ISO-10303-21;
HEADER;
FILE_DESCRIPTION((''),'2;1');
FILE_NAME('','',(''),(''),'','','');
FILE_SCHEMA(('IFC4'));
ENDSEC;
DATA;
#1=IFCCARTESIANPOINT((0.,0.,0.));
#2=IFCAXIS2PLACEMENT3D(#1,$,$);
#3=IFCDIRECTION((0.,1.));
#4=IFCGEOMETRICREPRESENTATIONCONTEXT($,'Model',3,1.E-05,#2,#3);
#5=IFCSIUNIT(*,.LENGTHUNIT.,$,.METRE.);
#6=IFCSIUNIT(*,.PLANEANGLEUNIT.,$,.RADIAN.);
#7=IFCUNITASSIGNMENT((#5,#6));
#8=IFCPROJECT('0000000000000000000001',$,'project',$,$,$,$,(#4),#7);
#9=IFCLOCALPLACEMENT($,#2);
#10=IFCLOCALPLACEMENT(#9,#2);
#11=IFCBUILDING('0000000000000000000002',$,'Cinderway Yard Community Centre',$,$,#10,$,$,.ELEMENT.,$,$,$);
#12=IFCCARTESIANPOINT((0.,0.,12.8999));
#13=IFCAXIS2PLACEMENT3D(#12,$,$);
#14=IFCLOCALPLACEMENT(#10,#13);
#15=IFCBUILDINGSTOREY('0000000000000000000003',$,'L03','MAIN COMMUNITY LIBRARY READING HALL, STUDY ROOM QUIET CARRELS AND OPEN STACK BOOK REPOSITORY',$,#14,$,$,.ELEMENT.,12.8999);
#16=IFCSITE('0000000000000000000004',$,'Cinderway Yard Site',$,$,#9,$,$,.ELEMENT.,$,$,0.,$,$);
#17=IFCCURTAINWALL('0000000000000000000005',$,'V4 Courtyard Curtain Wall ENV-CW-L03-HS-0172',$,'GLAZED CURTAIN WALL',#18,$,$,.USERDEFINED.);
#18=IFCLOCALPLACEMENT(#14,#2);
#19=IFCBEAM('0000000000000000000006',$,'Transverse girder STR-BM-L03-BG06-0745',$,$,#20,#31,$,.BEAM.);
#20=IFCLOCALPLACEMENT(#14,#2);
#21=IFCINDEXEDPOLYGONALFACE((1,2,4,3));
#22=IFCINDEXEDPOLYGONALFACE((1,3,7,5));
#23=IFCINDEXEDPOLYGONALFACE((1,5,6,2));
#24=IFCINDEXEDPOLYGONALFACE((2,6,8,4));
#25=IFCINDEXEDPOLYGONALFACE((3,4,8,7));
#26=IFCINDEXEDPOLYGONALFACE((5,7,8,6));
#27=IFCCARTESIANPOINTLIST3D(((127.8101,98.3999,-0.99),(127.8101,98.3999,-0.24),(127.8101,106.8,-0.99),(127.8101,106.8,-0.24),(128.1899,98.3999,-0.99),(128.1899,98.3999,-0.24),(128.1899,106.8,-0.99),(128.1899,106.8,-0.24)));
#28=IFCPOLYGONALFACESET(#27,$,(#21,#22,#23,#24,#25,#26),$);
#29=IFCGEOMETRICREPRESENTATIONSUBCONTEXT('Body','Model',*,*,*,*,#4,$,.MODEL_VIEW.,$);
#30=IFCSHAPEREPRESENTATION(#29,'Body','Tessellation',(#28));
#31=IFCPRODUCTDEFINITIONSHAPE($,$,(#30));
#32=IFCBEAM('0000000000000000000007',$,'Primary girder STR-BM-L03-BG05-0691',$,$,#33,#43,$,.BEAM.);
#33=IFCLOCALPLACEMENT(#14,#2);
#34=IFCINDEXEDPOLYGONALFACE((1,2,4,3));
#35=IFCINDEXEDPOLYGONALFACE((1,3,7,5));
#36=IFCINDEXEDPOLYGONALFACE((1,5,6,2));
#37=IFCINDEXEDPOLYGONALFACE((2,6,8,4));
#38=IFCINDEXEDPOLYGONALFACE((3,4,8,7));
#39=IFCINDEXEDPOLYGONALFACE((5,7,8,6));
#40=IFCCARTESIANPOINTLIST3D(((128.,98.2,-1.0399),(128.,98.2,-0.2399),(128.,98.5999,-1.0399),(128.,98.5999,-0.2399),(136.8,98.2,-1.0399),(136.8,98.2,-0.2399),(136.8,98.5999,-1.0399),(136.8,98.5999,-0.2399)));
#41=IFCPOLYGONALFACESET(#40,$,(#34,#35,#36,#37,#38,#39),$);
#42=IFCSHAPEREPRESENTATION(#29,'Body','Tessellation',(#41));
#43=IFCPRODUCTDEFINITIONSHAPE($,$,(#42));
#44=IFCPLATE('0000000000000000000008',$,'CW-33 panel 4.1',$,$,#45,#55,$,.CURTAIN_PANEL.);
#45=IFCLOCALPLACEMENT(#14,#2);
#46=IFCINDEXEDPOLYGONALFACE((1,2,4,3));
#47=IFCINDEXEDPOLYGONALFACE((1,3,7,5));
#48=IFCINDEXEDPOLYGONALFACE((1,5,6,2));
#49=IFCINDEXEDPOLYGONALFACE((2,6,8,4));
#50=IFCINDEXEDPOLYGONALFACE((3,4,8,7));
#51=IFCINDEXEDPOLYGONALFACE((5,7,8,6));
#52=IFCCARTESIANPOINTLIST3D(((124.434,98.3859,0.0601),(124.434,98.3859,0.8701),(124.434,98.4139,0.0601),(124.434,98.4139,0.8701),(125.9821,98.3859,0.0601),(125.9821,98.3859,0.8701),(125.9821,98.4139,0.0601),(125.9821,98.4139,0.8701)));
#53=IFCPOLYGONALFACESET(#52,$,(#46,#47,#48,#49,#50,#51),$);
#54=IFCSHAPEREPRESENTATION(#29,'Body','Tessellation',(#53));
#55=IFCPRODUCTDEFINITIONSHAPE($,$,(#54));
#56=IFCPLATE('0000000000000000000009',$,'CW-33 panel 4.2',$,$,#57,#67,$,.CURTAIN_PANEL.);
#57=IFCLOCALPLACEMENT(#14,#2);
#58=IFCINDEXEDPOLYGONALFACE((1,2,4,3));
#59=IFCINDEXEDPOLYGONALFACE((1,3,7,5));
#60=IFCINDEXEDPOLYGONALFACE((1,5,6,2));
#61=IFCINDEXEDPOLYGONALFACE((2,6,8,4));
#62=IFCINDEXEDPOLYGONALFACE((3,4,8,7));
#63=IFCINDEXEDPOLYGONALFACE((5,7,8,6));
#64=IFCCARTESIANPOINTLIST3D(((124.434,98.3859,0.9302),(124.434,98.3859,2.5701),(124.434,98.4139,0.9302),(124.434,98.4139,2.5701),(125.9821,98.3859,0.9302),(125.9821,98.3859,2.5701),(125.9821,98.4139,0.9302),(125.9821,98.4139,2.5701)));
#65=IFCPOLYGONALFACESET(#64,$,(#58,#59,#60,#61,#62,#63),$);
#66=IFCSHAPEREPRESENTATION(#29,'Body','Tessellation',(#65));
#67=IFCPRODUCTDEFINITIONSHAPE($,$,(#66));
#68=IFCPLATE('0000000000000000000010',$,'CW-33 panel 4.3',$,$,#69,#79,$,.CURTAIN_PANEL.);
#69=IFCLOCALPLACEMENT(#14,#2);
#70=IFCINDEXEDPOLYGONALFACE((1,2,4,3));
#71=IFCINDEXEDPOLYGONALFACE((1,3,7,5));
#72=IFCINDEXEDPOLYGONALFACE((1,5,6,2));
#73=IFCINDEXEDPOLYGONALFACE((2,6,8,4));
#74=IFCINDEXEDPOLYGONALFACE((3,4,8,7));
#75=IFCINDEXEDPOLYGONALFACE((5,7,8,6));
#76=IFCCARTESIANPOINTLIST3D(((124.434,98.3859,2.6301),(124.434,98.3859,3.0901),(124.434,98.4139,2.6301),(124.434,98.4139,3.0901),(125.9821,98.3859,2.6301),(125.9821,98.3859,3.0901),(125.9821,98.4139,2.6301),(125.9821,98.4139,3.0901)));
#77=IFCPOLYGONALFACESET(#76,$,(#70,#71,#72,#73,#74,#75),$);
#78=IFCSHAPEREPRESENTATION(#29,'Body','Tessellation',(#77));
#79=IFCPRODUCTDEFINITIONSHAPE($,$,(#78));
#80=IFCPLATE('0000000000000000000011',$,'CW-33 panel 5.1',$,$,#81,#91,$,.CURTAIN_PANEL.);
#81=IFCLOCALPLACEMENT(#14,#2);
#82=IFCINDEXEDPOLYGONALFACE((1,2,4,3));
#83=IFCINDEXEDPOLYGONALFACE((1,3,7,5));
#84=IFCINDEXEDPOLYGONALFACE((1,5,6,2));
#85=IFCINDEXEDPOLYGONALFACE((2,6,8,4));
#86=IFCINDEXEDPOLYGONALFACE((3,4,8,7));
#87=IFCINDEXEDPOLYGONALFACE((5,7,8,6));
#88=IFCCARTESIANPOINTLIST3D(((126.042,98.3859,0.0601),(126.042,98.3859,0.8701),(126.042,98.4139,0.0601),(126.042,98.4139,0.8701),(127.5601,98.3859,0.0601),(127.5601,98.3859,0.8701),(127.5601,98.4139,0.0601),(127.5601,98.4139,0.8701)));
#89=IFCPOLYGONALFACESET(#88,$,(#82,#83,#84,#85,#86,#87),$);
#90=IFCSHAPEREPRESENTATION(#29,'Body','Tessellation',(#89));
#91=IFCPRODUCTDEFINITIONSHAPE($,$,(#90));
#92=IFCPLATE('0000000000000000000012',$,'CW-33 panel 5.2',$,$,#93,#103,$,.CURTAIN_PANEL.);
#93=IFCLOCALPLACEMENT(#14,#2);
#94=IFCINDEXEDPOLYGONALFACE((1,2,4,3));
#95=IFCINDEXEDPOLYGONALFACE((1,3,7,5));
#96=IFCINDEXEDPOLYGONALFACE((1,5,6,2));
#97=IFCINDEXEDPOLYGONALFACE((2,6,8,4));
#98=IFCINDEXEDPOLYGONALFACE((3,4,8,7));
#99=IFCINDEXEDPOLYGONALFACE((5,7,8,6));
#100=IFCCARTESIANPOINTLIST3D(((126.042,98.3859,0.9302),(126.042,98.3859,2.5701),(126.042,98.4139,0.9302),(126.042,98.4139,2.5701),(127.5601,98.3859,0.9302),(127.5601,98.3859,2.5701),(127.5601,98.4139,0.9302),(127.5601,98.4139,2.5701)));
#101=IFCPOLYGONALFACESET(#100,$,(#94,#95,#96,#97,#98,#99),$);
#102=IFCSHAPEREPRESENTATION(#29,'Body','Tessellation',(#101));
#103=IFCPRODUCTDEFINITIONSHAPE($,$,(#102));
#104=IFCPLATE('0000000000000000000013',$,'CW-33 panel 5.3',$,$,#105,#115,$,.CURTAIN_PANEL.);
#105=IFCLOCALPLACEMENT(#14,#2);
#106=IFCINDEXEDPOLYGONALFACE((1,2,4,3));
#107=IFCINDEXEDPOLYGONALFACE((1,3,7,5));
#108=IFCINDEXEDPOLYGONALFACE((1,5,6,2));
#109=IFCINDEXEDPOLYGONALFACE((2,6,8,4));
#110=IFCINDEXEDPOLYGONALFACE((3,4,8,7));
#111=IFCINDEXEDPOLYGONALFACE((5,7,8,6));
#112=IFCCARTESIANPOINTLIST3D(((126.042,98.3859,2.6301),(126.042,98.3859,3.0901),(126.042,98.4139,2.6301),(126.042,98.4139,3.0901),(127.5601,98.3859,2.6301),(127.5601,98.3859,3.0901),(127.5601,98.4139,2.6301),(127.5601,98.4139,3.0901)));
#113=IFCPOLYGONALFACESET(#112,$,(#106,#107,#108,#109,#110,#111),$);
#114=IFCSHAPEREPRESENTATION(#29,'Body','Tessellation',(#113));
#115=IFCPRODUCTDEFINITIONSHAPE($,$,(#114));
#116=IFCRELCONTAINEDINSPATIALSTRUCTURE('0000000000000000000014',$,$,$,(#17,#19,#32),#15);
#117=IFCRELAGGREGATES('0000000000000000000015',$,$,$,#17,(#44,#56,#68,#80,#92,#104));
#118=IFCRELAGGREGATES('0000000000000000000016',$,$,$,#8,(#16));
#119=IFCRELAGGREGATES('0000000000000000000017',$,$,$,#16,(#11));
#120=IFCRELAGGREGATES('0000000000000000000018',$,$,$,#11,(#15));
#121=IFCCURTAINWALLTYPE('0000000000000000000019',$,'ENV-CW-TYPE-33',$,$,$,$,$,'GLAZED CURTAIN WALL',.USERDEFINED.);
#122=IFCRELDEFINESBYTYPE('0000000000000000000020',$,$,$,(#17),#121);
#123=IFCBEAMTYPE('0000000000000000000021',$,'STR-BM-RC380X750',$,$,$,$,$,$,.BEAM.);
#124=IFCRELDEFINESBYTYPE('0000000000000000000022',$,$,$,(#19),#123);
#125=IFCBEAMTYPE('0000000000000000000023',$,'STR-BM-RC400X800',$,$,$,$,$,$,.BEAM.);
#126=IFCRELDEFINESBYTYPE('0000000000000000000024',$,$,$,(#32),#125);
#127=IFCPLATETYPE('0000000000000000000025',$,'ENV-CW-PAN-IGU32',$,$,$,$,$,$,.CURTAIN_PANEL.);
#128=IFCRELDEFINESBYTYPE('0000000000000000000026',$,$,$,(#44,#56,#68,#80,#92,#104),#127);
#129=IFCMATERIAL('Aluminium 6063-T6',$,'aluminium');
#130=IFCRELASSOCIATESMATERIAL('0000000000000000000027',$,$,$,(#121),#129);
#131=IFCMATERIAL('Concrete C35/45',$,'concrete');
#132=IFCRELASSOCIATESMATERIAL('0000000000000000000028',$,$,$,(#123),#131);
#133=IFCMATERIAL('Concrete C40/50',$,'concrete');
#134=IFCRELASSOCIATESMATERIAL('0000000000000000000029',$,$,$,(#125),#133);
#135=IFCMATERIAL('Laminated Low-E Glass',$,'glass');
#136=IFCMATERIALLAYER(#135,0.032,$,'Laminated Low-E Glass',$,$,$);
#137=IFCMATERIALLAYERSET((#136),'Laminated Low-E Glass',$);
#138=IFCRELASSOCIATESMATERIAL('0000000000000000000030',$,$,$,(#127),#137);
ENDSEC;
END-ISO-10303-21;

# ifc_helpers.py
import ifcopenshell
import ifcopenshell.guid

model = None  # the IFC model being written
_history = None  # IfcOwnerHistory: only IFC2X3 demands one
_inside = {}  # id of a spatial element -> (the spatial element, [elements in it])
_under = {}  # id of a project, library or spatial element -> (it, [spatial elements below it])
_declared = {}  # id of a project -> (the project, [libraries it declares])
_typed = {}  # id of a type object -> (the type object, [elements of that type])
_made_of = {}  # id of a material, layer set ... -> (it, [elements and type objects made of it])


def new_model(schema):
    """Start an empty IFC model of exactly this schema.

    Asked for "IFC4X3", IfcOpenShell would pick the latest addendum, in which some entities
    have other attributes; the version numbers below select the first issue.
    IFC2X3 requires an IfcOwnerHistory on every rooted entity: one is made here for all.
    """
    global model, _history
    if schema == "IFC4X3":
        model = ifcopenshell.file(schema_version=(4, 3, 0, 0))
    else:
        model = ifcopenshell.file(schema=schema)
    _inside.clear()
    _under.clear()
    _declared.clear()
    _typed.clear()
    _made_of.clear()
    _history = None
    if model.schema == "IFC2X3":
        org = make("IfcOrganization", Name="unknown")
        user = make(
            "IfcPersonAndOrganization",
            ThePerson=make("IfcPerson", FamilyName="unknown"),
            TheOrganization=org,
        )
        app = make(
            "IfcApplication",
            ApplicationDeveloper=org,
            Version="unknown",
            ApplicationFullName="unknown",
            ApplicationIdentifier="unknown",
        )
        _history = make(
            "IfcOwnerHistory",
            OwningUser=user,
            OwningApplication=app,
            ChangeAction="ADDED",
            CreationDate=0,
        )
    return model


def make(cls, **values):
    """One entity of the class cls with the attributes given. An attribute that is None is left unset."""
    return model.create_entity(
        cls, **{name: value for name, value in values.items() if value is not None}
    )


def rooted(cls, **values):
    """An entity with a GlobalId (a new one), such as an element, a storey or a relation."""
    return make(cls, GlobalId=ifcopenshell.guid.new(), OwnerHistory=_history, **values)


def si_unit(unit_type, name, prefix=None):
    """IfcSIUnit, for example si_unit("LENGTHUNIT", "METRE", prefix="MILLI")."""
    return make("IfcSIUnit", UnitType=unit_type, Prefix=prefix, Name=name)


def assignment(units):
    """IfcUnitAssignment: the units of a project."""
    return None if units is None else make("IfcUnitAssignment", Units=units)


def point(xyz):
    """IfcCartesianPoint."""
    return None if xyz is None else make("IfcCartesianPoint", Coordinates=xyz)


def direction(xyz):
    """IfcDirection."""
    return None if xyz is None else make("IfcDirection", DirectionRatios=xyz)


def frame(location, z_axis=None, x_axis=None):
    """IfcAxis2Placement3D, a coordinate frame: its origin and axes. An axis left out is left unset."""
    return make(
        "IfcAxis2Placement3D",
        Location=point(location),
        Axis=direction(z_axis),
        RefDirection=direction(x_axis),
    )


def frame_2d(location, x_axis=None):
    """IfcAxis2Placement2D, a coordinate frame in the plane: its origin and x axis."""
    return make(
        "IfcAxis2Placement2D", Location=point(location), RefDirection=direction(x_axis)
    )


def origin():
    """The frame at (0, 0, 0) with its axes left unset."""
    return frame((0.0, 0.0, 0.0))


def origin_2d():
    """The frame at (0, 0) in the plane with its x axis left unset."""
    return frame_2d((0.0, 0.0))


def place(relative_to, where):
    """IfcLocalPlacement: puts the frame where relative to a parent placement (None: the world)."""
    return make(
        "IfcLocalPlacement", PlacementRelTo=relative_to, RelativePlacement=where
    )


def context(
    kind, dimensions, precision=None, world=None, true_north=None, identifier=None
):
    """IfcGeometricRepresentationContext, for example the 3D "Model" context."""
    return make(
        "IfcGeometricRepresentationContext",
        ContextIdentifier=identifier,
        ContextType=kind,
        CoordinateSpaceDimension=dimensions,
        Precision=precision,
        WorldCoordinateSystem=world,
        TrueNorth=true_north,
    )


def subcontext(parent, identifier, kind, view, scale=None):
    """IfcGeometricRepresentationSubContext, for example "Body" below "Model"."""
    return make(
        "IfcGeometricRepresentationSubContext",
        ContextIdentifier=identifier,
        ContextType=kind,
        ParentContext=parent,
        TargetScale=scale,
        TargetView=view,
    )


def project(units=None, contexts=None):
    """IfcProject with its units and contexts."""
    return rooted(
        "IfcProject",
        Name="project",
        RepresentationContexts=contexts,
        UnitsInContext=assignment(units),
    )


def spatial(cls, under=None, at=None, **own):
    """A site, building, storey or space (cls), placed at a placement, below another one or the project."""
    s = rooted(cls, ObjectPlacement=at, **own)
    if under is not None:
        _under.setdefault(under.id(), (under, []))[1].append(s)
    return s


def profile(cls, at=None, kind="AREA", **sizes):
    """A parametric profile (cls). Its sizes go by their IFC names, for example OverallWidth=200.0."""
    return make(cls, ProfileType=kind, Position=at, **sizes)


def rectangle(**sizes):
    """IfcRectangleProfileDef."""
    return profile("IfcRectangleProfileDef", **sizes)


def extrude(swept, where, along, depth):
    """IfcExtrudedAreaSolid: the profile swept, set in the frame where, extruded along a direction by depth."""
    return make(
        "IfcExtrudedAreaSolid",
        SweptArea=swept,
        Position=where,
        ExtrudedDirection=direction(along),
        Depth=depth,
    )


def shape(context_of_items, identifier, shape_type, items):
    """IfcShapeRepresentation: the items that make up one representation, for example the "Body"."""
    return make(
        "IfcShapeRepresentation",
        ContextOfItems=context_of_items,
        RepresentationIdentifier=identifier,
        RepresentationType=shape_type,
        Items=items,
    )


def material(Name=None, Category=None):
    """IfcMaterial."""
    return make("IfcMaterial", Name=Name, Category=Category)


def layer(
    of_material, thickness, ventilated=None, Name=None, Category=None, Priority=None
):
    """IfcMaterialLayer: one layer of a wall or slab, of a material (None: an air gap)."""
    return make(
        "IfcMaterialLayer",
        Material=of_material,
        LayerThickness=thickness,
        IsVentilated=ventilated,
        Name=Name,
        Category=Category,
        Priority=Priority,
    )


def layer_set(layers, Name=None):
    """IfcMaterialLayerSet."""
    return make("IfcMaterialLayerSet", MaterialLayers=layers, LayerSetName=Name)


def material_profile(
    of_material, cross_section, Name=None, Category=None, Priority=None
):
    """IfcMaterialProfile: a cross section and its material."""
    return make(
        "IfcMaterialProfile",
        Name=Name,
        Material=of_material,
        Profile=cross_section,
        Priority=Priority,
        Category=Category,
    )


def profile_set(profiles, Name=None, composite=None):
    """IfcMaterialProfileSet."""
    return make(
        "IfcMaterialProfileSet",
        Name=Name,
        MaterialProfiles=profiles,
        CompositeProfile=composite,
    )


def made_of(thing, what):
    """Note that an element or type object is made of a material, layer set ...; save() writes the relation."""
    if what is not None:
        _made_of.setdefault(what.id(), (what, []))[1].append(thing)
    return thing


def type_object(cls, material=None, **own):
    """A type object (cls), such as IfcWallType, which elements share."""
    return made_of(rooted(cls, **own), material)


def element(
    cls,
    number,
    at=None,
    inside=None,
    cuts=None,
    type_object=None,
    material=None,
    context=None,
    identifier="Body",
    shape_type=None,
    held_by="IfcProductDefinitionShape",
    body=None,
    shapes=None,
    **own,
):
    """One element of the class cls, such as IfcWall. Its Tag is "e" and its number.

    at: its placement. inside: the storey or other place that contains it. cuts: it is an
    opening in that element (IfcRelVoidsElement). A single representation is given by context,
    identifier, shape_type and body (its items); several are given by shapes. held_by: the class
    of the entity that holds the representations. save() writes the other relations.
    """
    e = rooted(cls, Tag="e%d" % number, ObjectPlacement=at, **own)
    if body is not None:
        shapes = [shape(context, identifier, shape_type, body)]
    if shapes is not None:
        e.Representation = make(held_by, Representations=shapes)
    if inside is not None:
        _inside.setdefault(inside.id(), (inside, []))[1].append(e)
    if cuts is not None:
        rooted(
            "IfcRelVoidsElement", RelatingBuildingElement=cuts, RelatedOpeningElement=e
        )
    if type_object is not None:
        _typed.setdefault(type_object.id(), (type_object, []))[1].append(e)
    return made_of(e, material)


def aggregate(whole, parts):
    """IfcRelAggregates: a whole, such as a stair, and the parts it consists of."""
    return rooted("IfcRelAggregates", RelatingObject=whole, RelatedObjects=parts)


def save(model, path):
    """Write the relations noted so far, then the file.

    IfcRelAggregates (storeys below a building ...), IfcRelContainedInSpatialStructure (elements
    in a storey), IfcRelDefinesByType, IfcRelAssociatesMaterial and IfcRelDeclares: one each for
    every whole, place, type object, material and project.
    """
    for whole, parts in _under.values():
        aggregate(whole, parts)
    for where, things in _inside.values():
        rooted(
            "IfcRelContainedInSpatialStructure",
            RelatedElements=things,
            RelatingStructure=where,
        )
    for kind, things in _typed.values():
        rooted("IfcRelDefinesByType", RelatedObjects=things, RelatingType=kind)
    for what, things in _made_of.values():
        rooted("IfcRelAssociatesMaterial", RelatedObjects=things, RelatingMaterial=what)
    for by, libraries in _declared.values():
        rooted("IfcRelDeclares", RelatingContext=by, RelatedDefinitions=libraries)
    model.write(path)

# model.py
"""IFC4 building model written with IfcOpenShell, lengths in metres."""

from ifc_helpers import new_model, si_unit, direction, frame, origin, origin_2d, place, context, subcontext, project, spatial, rectangle, extrude, material, layer, layer_set, material_profile, profile_set, type_object, element, aggregate, save


model = new_model("IFC4")

# Units and contexts
model_context = context("Model", 3, precision=1e-05, world=origin(), true_north=direction((0.0, 1.0)))
body_context = subcontext(model_context, "Body", "Model", "MODEL_VIEW")
ifc_project = project(units=[si_unit("LENGTHUNIT", "METRE"), si_unit("PLANEANGLEUNIT", "RADIAN")], contexts=[model_context])

# Site, building, storey
site_placement = place(None, origin())
site = spatial("IfcSite", under=ifc_project, at=site_placement, Name="Cinderway Yard Site", CompositionType="ELEMENT", RefElevation=0.0)
building_placement = place(site_placement, origin())
building = spatial("IfcBuilding", under=site, at=building_placement, Name="Cinderway Yard Community Centre", CompositionType="ELEMENT")
storey_placement = place(building_placement, frame((0.0, 0.0, 12.8999)))
storey = spatial("IfcBuildingStorey", under=building, at=storey_placement, Name="L03", Description="MAIN COMMUNITY LIBRARY READING HALL, STUDY ROOM QUIET CARRELS AND OPEN STACK BOOK REPOSITORY", CompositionType="ELEMENT", Elevation=12.8999)

# Shared definitions
ifc_material_1 = material(Name="Concrete C40/50", Category="concrete")

# Curtain wall
ifc_material_2 = material(Name="Aluminium 6063-T6", Category="aluminium")
curtain_wall_type = type_object("IfcCurtainWallType", Name="ENV-CW-TYPE-33", ElementType="GLAZED CURTAIN WALL", PredefinedType="USERDEFINED", material=ifc_material_2)
curtain_wall_1_placement = place(storey_placement, origin())
curtain_wall_1 = element("IfcCurtainWall", 1, at=curtain_wall_1_placement, inside=storey, type_object=curtain_wall_type, Name="V4 Courtyard Curtain Wall ENV-CW-L03-HS-0172", ObjectType="GLAZED CURTAIN WALL", PredefinedType="USERDEFINED")

# Beams
ifc_material_3 = material(Name="Concrete C35/45", Category="concrete")
ifc_material_profile_1 = material_profile(ifc_material_3, rectangle(XDim=0.3799, YDim=0.75, at=origin_2d()), Name="Concrete C35/45")
ifc_profile_set_1 = profile_set([ifc_material_profile_1], Name="Concrete C35/45")
beam_type_1 = type_object("IfcBeamType", Name="STR-BM-RC380X750", PredefinedType="BEAM", material=ifc_profile_set_1)
beam_1_placement = place(storey_placement, frame((128.0, 98.3999, -0.615), z_axis=(0.0, 1.0, 0.0), x_axis=(-1.0, 0.0, 0.0)))
element("IfcBeam", 2, at=beam_1_placement, inside=storey, type_object=beam_type_1, Name="Transverse girder STR-BM-L03-BG06-0745", PredefinedType="BEAM", context=body_context, shape_type="SweptSolid", body=[
    extrude(rectangle(XDim=0.3799, YDim=0.75, at=origin_2d()), origin(), (0.0, 0.0, 1.0), 8.4001),
])
ifc_material_profile_2 = material_profile(ifc_material_1, rectangle(XDim=0.3999, YDim=0.8, at=origin_2d()), Name="Concrete C40/50")
ifc_profile_set_2 = profile_set([ifc_material_profile_2], Name="Concrete C40/50")
beam_type_2 = type_object("IfcBeamType", Name="STR-BM-RC400X800", PredefinedType="BEAM", material=ifc_profile_set_2)
beam_2_placement = place(storey_placement, frame((128.0, 98.3999, -0.6399), z_axis=(1.0, 0.0, 0.0), x_axis=(0.0, 1.0, 0.0)))
element("IfcBeam", 3, at=beam_2_placement, inside=storey, type_object=beam_type_2, Name="Primary girder STR-BM-L03-BG05-0691", PredefinedType="BEAM", context=body_context, shape_type="SweptSolid", body=[
    extrude(rectangle(XDim=0.3999, YDim=0.8, at=origin_2d()), origin(), (0.0, 0.0, 1.0), 8.8),
])

# Plates
ifc_material_4 = material(Name="Laminated Low-E Glass", Category="glass")
ifc_layer = layer(ifc_material_4, 0.032, Name="Laminated Low-E Glass")
ifc_layer_set = layer_set([ifc_layer], Name="Laminated Low-E Glass")
plate_type = type_object("IfcPlateType", Name="ENV-CW-PAN-IGU32", PredefinedType="CURTAIN_PANEL", material=ifc_layer_set)
plate_1_placement = place(storey_placement, frame((125.208, 98.3999, 0.0601), z_axis=(0.0, 0.0, 1.0), x_axis=(1.0, 0.0, 0.0)))
plate_1 = element("IfcPlate", 4, at=plate_1_placement, type_object=plate_type, Name="CW-33 panel 4.1", PredefinedType="CURTAIN_PANEL", context=body_context, shape_type="SweptSolid", body=[
    extrude(rectangle(XDim=1.5481, YDim=0.0281, at=origin_2d()), origin(), (0.0, 0.0, 1.0), 0.8101),
])
plate_2_placement = place(storey_placement, frame((125.208, 98.3999, 0.9302), z_axis=(0.0, 0.0, 1.0), x_axis=(1.0, 0.0, 0.0)))
plate_2 = element("IfcPlate", 5, at=plate_2_placement, type_object=plate_type, Name="CW-33 panel 4.2", PredefinedType="CURTAIN_PANEL", context=body_context, shape_type="SweptSolid", body=[
    extrude(rectangle(XDim=1.5481, YDim=0.0281, at=origin_2d()), origin(), (0.0, 0.0, 1.0), 1.6399),
])
plate_3_placement = place(storey_placement, frame((125.208, 98.3999, 2.6301), z_axis=(0.0, 0.0, 1.0), x_axis=(1.0, 0.0, 0.0)))
plate_3 = element("IfcPlate", 6, at=plate_3_placement, type_object=plate_type, Name="CW-33 panel 4.3", PredefinedType="CURTAIN_PANEL", context=body_context, shape_type="SweptSolid", body=[
    extrude(rectangle(XDim=1.5481, YDim=0.0281, at=origin_2d()), origin(), (0.0, 0.0, 1.0), 0.46),
])
plate_4_placement = place(storey_placement, frame((126.801, 98.3999, 0.0601), z_axis=(0.0, 0.0, 1.0), x_axis=(1.0, 0.0, 0.0)))
plate_4 = element("IfcPlate", 7, at=plate_4_placement, type_object=plate_type, Name="CW-33 panel 5.1", PredefinedType="CURTAIN_PANEL", context=body_context, shape_type="SweptSolid", body=[
    extrude(rectangle(XDim=1.5181, YDim=0.0281, at=origin_2d()), origin(), (0.0, 0.0, 1.0), 0.8101),
])
plate_5_placement = place(storey_placement, frame((126.801, 98.3999, 0.9302), z_axis=(0.0, 0.0, 1.0), x_axis=(1.0, 0.0, 0.0)))
plate_5 = element("IfcPlate", 8, at=plate_5_placement, type_object=plate_type, Name="CW-33 panel 5.2", PredefinedType="CURTAIN_PANEL", context=body_context, shape_type="SweptSolid", body=[
    extrude(rectangle(XDim=1.5181, YDim=0.0281, at=origin_2d()), origin(), (0.0, 0.0, 1.0), 1.6399),
])
plate_6_placement = place(storey_placement, frame((126.801, 98.3999, 2.6301), z_axis=(0.0, 0.0, 1.0), x_axis=(1.0, 0.0, 0.0)))
plate_6 = element("IfcPlate", 9, at=plate_6_placement, type_object=plate_type, Name="CW-33 panel 5.3", PredefinedType="CURTAIN_PANEL", context=body_context, shape_type="SweptSolid", body=[
    extrude(rectangle(XDim=1.5181, YDim=0.0281, at=origin_2d()), origin(), (0.0, 0.0, 1.0), 0.46),
])
aggregate(curtain_wall_1, [plate_1, plate_2, plate_3, plate_4, plate_5, plate_6])

save(model, "model.ifc")
